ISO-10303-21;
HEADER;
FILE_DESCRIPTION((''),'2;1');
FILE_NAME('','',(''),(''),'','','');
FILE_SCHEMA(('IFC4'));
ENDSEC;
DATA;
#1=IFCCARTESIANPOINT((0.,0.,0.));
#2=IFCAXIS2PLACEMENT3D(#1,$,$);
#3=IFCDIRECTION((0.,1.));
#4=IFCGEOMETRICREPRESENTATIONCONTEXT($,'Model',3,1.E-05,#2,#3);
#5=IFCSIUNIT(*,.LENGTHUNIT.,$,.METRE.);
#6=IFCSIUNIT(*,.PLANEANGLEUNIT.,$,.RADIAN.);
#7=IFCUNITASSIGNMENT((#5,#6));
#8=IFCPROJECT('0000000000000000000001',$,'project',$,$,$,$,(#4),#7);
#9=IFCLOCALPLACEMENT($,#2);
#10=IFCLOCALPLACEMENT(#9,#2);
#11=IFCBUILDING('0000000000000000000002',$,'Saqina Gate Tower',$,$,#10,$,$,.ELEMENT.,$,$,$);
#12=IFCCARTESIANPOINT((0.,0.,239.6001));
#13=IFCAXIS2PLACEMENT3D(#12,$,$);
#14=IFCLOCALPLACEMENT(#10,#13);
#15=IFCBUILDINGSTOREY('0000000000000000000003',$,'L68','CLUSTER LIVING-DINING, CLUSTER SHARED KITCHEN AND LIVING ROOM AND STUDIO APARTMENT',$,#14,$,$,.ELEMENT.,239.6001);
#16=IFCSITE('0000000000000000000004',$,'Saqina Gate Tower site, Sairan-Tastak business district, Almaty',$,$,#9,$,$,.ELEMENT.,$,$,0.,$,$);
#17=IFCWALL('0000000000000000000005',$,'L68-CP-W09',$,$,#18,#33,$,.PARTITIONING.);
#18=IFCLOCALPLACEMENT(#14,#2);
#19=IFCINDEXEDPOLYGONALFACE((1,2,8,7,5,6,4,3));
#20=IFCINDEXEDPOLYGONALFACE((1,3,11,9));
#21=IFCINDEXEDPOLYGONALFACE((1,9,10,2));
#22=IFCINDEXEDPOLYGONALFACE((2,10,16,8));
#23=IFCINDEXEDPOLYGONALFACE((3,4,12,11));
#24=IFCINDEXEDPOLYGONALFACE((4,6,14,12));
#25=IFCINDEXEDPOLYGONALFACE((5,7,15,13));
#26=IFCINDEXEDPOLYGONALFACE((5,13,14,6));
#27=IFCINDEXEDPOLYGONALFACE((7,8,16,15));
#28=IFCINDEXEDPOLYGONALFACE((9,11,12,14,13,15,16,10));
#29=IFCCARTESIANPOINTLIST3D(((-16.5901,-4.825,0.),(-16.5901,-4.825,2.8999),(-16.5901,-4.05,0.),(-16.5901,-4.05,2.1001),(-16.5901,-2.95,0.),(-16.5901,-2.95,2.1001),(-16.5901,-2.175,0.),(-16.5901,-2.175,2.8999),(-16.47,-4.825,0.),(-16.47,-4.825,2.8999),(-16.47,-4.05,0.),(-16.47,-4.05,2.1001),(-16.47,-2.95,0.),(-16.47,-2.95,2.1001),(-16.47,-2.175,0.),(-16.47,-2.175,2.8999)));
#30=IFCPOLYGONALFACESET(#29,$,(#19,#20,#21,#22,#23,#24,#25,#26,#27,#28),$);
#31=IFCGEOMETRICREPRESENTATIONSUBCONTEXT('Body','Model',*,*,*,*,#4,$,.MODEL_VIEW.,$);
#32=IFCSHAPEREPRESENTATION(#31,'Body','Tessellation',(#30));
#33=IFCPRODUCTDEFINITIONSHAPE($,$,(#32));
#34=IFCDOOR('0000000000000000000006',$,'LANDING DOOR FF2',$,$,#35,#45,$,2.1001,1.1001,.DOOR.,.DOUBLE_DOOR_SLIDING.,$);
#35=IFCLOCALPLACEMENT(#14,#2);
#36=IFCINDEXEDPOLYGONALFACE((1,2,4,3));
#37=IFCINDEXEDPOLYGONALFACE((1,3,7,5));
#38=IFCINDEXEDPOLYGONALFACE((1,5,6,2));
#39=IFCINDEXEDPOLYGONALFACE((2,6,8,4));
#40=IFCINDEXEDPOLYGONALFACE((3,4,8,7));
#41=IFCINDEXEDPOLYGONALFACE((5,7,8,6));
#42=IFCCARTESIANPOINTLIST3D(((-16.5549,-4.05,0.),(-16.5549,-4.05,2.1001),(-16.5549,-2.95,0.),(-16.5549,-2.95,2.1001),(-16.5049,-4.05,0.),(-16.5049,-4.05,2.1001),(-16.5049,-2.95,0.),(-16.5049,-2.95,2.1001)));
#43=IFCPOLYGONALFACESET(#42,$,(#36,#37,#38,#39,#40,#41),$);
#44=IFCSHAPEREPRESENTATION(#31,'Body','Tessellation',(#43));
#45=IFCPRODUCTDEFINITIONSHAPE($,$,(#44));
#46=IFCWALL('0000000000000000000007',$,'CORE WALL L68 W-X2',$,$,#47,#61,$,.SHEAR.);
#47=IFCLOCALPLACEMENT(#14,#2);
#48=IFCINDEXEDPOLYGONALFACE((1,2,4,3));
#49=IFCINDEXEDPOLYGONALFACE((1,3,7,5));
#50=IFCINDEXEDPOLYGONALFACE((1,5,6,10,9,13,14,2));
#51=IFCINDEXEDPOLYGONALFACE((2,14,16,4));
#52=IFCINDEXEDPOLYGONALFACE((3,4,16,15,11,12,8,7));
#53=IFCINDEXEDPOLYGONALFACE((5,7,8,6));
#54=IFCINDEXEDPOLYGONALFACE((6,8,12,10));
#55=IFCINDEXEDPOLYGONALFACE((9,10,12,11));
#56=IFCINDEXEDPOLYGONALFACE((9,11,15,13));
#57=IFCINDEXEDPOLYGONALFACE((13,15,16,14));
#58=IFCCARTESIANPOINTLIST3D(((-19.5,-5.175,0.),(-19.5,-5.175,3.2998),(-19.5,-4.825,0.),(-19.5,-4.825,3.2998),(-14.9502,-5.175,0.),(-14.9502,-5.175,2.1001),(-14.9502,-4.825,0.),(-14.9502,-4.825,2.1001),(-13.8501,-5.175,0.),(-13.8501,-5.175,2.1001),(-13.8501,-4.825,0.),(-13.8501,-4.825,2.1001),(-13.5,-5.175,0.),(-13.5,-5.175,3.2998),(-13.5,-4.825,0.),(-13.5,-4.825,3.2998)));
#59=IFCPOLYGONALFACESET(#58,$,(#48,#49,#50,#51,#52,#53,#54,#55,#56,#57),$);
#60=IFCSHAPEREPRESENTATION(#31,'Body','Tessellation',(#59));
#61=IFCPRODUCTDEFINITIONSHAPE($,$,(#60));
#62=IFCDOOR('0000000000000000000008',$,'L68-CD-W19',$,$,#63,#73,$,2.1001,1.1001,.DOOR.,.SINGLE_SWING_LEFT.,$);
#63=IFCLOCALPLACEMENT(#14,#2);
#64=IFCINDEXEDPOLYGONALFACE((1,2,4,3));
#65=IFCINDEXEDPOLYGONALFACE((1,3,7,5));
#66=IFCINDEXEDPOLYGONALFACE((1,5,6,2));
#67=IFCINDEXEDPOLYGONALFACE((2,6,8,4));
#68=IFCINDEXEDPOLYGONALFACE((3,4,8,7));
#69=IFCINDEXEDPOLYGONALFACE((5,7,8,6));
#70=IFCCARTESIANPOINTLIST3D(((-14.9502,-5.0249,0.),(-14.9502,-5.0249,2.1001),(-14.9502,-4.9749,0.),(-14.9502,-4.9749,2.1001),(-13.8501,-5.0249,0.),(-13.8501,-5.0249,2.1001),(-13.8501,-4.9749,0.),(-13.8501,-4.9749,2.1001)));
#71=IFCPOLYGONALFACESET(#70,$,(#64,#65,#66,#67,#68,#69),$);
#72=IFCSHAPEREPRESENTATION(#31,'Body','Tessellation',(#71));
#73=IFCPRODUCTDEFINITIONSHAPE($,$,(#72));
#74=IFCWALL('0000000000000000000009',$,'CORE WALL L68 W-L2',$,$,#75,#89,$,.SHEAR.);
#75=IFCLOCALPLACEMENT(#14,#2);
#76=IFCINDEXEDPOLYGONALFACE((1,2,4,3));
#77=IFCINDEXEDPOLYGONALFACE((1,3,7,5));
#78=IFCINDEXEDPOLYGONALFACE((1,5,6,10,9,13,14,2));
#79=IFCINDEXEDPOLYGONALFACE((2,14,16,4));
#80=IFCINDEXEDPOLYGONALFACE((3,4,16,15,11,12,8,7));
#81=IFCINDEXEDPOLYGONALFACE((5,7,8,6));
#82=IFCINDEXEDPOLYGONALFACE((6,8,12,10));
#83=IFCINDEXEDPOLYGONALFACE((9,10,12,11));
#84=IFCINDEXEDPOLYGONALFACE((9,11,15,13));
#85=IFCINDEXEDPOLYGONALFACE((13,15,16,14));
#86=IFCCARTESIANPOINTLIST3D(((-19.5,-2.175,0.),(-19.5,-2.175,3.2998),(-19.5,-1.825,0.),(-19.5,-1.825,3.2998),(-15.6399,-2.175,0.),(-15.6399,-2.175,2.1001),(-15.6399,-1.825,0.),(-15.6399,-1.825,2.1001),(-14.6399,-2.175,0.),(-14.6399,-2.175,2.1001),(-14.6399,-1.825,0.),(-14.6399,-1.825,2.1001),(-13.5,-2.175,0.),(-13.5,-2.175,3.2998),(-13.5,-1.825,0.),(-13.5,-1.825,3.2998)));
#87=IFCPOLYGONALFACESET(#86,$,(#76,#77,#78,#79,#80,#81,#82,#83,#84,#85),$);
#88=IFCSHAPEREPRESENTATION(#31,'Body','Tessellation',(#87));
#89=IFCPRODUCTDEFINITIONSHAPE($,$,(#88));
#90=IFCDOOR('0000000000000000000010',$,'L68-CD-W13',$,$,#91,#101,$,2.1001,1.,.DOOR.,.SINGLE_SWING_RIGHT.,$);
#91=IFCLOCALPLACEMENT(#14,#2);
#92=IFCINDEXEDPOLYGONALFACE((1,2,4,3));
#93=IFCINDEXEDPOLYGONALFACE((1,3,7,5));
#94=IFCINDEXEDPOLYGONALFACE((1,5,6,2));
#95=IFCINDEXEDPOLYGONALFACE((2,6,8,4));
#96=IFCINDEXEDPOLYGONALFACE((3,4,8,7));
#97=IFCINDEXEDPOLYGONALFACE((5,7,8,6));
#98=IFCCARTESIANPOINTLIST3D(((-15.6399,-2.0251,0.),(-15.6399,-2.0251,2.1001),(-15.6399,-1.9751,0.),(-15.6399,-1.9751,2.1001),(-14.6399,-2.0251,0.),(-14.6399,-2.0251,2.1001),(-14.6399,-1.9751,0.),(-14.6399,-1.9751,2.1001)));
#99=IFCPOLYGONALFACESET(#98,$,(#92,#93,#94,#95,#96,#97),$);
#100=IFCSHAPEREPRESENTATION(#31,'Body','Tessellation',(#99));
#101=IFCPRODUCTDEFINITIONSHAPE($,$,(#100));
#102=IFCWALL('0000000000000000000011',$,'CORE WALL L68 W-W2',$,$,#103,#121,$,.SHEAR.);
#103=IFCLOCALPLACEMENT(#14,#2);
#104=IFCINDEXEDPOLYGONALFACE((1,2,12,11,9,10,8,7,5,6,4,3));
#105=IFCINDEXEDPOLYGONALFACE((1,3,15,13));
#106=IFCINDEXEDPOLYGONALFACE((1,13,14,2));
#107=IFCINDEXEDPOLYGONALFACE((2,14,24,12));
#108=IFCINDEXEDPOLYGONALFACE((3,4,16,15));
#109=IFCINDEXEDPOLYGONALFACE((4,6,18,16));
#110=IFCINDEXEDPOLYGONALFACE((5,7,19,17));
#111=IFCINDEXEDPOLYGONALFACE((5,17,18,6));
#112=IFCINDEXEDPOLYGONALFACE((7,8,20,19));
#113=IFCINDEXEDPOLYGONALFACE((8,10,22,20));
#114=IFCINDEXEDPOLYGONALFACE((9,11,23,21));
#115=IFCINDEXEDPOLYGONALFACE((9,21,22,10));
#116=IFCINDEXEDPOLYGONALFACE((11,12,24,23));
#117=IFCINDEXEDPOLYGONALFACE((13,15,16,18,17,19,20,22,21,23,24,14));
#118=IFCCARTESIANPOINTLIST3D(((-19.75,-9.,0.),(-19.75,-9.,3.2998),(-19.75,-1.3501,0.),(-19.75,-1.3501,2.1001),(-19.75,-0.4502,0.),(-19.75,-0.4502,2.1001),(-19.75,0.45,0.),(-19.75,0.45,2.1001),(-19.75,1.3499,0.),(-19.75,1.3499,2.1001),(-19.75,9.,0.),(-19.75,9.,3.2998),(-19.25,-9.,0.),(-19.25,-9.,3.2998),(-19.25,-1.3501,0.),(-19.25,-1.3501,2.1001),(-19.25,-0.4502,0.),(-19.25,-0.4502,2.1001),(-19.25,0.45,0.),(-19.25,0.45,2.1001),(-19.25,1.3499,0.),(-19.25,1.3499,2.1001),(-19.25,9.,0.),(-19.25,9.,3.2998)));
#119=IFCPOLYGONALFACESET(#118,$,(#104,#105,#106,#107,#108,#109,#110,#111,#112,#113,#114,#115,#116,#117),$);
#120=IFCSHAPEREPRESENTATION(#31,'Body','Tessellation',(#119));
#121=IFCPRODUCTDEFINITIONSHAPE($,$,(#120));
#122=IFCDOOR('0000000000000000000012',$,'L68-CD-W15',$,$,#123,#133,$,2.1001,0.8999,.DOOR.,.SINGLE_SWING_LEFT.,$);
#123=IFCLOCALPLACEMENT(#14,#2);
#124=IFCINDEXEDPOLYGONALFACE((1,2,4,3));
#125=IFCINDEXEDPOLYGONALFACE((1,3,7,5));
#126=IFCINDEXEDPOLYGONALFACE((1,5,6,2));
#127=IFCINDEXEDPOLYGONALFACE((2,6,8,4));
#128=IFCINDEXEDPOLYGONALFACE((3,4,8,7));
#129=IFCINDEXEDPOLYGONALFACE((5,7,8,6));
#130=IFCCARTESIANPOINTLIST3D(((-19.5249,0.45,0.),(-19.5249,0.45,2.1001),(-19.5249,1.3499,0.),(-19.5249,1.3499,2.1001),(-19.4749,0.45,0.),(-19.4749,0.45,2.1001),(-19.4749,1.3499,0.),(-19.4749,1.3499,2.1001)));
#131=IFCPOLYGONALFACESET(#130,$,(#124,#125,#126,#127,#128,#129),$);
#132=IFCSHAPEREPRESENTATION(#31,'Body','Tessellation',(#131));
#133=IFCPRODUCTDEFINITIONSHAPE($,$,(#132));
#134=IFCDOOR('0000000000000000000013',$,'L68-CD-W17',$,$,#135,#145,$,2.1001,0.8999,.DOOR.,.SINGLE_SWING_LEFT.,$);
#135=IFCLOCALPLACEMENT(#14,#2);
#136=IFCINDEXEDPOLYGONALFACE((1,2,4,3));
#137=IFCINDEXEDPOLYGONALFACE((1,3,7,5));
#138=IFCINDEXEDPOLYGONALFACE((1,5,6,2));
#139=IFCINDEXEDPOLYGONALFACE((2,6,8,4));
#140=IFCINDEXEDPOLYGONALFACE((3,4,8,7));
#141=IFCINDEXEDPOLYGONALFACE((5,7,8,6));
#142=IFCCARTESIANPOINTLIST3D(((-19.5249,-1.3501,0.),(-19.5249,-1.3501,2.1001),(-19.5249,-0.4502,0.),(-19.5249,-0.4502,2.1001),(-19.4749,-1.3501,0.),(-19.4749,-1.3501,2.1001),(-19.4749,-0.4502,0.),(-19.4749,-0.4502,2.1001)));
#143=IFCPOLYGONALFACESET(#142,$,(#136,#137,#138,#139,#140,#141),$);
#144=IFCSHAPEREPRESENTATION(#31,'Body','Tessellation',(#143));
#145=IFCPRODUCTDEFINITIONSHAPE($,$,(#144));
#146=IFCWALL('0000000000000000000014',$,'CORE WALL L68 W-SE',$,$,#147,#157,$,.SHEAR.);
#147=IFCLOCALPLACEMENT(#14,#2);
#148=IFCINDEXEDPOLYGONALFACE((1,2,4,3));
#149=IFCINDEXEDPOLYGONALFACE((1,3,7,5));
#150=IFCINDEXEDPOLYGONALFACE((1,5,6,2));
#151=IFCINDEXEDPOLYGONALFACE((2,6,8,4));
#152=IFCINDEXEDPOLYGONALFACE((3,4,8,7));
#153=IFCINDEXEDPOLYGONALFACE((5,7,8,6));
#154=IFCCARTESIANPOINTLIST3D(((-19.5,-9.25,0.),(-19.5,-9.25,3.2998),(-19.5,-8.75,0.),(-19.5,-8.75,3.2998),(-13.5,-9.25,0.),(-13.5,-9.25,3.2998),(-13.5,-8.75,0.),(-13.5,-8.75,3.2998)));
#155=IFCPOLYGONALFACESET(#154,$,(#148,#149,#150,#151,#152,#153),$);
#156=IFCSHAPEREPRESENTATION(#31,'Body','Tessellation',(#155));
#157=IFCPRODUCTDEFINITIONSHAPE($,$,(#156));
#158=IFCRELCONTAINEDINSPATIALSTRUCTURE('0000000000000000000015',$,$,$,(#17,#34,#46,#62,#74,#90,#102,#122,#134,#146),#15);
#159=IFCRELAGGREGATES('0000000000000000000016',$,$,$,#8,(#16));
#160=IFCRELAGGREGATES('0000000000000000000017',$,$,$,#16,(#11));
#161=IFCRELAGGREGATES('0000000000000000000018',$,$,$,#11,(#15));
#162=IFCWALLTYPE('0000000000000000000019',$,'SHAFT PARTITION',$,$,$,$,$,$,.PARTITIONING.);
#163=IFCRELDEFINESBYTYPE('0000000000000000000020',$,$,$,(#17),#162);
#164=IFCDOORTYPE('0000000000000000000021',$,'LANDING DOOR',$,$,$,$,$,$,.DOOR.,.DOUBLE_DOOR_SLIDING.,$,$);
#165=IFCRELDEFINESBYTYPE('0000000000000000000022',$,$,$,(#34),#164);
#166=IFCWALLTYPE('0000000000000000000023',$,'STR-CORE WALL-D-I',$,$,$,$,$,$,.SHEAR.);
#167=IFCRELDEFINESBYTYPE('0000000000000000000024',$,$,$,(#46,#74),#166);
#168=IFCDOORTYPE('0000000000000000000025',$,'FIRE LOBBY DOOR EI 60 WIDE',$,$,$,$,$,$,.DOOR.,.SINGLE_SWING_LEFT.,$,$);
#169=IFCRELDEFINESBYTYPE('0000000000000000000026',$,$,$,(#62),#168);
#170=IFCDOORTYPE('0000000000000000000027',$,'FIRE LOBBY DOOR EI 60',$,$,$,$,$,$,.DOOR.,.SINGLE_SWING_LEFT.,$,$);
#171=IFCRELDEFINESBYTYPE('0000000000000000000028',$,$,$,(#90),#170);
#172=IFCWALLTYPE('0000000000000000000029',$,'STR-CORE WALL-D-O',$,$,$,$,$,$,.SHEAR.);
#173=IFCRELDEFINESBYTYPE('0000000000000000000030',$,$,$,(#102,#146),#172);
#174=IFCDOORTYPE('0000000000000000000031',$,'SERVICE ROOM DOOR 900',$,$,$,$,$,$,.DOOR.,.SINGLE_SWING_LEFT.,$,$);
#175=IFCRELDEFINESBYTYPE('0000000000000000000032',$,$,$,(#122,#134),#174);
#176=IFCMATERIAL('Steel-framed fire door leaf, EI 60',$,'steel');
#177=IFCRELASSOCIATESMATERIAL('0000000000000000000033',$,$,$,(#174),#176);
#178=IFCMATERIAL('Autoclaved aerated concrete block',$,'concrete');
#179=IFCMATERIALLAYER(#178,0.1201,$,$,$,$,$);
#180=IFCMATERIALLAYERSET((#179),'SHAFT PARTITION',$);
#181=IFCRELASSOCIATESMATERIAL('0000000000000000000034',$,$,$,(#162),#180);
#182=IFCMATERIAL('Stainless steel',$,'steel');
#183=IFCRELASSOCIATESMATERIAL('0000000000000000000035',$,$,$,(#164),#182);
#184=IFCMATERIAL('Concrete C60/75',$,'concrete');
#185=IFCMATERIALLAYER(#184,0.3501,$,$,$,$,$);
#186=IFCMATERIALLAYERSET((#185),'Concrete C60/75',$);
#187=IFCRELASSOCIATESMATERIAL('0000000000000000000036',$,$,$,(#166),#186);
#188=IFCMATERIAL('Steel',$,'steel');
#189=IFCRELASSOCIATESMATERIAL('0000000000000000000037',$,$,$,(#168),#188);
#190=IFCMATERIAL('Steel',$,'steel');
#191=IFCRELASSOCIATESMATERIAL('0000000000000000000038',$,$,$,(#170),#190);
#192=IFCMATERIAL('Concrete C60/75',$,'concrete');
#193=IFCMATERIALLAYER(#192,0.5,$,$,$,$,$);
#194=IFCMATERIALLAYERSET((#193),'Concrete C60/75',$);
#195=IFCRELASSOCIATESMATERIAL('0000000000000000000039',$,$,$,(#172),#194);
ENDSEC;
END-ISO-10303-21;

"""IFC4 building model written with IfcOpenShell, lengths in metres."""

from ifc_helpers import new_model, si_unit, direction, frame, frame_2d, origin, place, context, subcontext, project, spatial, rectangle, extrude, material, layer, layer_set, type_object, element, fill, save


model = new_model("IFC4")

# Units and contexts
model_context = context("Model", 3, precision=1e-05, world=origin(), true_north=direction((0.0, 1.0)))
body_context = subcontext(model_context, "Body", "Model", "MODEL_VIEW")
ifc_project = project(units=[si_unit("LENGTHUNIT", "METRE"), si_unit("PLANEANGLEUNIT", "RADIAN")], contexts=[model_context])

# Site, building, storey
site_placement = place(None, origin())
site = spatial("IfcSite", under=ifc_project, at=site_placement, Name="Saqina Gate Tower site, Sairan-Tastak business district, Almaty", CompositionType="ELEMENT", RefElevation=0.0)
building_placement = place(site_placement, origin())
building = spatial("IfcBuilding", under=site, at=building_placement, Name="Saqina Gate Tower", CompositionType="ELEMENT")
storey_placement = place(building_placement, frame((0.0, 0.0, 239.6001)))
storey = spatial("IfcBuildingStorey", under=building, at=storey_placement, Name="L68", Description="CLUSTER LIVING-DINING, CLUSTER SHARED KITCHEN AND LIVING ROOM AND STUDIO APARTMENT", CompositionType="ELEMENT", Elevation=239.6001)

# Shared definitions
ifc_material_1 = material(Name="Steel-framed fire door leaf, EI 60", Category="steel")
door_type_1 = type_object("IfcDoorType", Name="SERVICE ROOM DOOR 900", OperationType="SINGLE_SWING_LEFT", PredefinedType="DOOR", material=ifc_material_1)

# Walls, openings, doors
ifc_material_2 = material(Name="Autoclaved aerated concrete block", Category="concrete")
ifc_layer_1 = layer(ifc_material_2, 0.1201)
ifc_layer_set_1 = layer_set([ifc_layer_1], Name="SHAFT PARTITION")
wall_type_1 = type_object("IfcWallType", Name="SHAFT PARTITION", PredefinedType="PARTITIONING", material=ifc_layer_set_1)
wall_1_placement = place(storey_placement, frame((-16.53, -4.825, 0.0), z_axis=(0.0, 0.0, 1.0), x_axis=(0.0, 1.0, 0.0)))
wall_1 = element("IfcWall", 1, at=wall_1_placement, inside=storey, type_object=wall_type_1, Name="L68-CP-W09", PredefinedType="PARTITIONING", context=body_context, shape_type="SweptSolid", body=[
    extrude(rectangle(XDim=2.6499, YDim=0.1201, at=frame_2d((1.325, 0.0))), origin(), (0.0, 0.0, 1.0), 2.8999),
])
opening_1_placement = place(wall_1_placement, frame((0.7749, 0.0, 0.0)))
opening_1 = element("IfcOpeningElement", 2, at=opening_1_placement, cuts=wall_1, PredefinedType="OPENING", context=body_context, shape_type="SweptSolid", body=[
    extrude(rectangle(XDim=1.1001, YDim=2.1001, at=frame_2d((0.55, 1.05))), frame((0.0, 0.072, 0.0), z_axis=(0.0, -1.0, 0.0), x_axis=(1.0, 0.0, 0.0)), (0.0, 0.0, 1.0), 0.144),
])
ifc_material_3 = material(Name="Stainless steel", Category="steel")
door_type_2 = type_object("IfcDoorType", Name="LANDING DOOR", OperationType="DOUBLE_DOOR_SLIDING", PredefinedType="DOOR", material=ifc_material_3)
door_1_placement = place(opening_1_placement, origin())
door_1 = element("IfcDoor", 3, at=door_1_placement, inside=storey, type_object=door_type_2, Name="LANDING DOOR FF2", OperationType="DOUBLE_DOOR_SLIDING", OverallHeight=2.1001, OverallWidth=1.1001, PredefinedType="DOOR", context=body_context, shape_type="SweptSolid", body=[
    extrude(rectangle(XDim=1.1001, YDim=2.1001, at=frame_2d((0.55, 1.05))), frame((0.0, 0.0249, 0.0), z_axis=(0.0, -1.0, 0.0), x_axis=(1.0, 0.0, 0.0)), (0.0, 0.0, 1.0), 0.05),
])
fill(opening_1, door_1)
ifc_material_4 = material(Name="Concrete C60/75", Category="concrete")
ifc_layer_2 = layer(ifc_material_4, 0.3501)
ifc_layer_set_2 = layer_set([ifc_layer_2], Name="Concrete C60/75")
wall_type_2 = type_object("IfcWallType", Name="STR-CORE WALL-D-I", PredefinedType="SHEAR", material=ifc_layer_set_2)
wall_2_placement = place(storey_placement, frame((-13.5, -5.0, 0.0), z_axis=(0.0, 0.0, 1.0), x_axis=(-1.0, 0.0, 0.0)))
wall_2 = element("IfcWall", 4, at=wall_2_placement, inside=storey, type_object=wall_type_2, Name="CORE WALL L68 W-X2", PredefinedType="SHEAR", context=body_context, shape_type="SweptSolid", body=[
    extrude(rectangle(XDim=6.0, YDim=0.3501, at=frame_2d((3.0, 0.0))), origin(), (0.0, 0.0, 1.0), 3.2998),
])
opening_2_placement = place(wall_2_placement, frame((0.3501, 0.0, 0.0)))
opening_2 = element("IfcOpeningElement", 5, at=opening_2_placement, cuts=wall_2, PredefinedType="OPENING", context=body_context, shape_type="SweptSolid", body=[
    extrude(rectangle(XDim=1.1001, YDim=2.1001, at=frame_2d((0.55, 1.05))), frame((0.0, 0.187, 0.0), z_axis=(0.0, -1.0, 0.0), x_axis=(1.0, 0.0, 0.0)), (0.0, 0.0, 1.0), 0.374),
])
ifc_material_5 = material(Name="Steel", Category="steel")
door_type_3 = type_object("IfcDoorType", Name="FIRE LOBBY DOOR EI 60 WIDE", OperationType="SINGLE_SWING_LEFT", PredefinedType="DOOR", material=ifc_material_5)
door_2_placement = place(opening_2_placement, origin())
door_2 = element("IfcDoor", 6, at=door_2_placement, inside=storey, type_object=door_type_3, Name="L68-CD-W19", OperationType="SINGLE_SWING_LEFT", OverallHeight=2.1001, OverallWidth=1.1001, PredefinedType="DOOR", context=body_context, shape_type="SweptSolid", body=[
    extrude(rectangle(XDim=1.1001, YDim=2.1001, at=frame_2d((0.55, 1.05))), frame((0.0, 0.0249, 0.0), z_axis=(0.0, -1.0, 0.0), x_axis=(1.0, 0.0, 0.0)), (0.0, 0.0, 1.0), 0.05),
])
fill(opening_2, door_2)
wall_3_placement = place(storey_placement, frame((-13.5, -2.0, 0.0), z_axis=(0.0, 0.0, 1.0), x_axis=(-1.0, 0.0, 0.0)))
wall_3 = element("IfcWall", 7, at=wall_3_placement, inside=storey, type_object=wall_type_2, Name="CORE WALL L68 W-L2", PredefinedType="SHEAR", context=body_context, shape_type="SweptSolid", body=[
    extrude(rectangle(XDim=6.0, YDim=0.3501, at=frame_2d((3.0, 0.0))), origin(), (0.0, 0.0, 1.0), 3.2998),
])
opening_3_placement = place(wall_3_placement, frame((1.1399, 0.0, 0.0)))
opening_3 = element("IfcOpeningElement", 8, at=opening_3_placement, cuts=wall_3, PredefinedType="OPENING", context=body_context, shape_type="SweptSolid", body=[
    extrude(rectangle(XDim=1.0, YDim=2.1001, at=frame_2d((0.5, 1.05))), frame((0.0, 0.187, 0.0), z_axis=(0.0, -1.0, 0.0), x_axis=(1.0, 0.0, 0.0)), (0.0, 0.0, 1.0), 0.374),
])
ifc_material_6 = material(Name="Steel", Category="steel")
door_type_4 = type_object("IfcDoorType", Name="FIRE LOBBY DOOR EI 60", OperationType="SINGLE_SWING_LEFT", PredefinedType="DOOR", material=ifc_material_6)
door_3_placement = place(opening_3_placement, frame((1.0, 0.0, 0.0), z_axis=(0.0, 0.0, 1.0), x_axis=(-1.0, 0.0, 0.0)))
door_3 = element("IfcDoor", 9, at=door_3_placement, inside=storey, type_object=door_type_4, Name="L68-CD-W13", OperationType="SINGLE_SWING_RIGHT", OverallHeight=2.1001, OverallWidth=1.0, PredefinedType="DOOR", context=body_context, shape_type="SweptSolid", body=[
    extrude(rectangle(XDim=1.0, YDim=2.1001, at=frame_2d((0.5, 1.05))), frame((0.0, 0.0249, 0.0), z_axis=(0.0, -1.0, 0.0), x_axis=(1.0, 0.0, 0.0)), (0.0, 0.0, 1.0), 0.05),
])
fill(opening_3, door_3)

# Wall, openings, doors
ifc_material_7 = material(Name="Concrete C60/75", Category="concrete")
ifc_layer_3 = layer(ifc_material_7, 0.5)
ifc_layer_set_3 = layer_set([ifc_layer_3], Name="Concrete C60/75")
wall_type_3 = type_object("IfcWallType", Name="STR-CORE WALL-D-O", PredefinedType="SHEAR", material=ifc_layer_set_3)
wall_4_placement = place(storey_placement, frame((-19.5, -9.0, 0.0), z_axis=(0.0, 0.0, 1.0), x_axis=(0.0, 1.0, 0.0)))
wall_4 = element("IfcWall", 10, at=wall_4_placement, inside=storey, type_object=wall_type_3, Name="CORE WALL L68 W-W2", PredefinedType="SHEAR", context=body_context, shape_type="SweptSolid", body=[
    extrude(rectangle(XDim=18.0, YDim=0.5, at=frame_2d((9.0, 0.0))), origin(), (0.0, 0.0, 1.0), 3.2998),
])
opening_4_placement = place(wall_4_placement, frame((9.45, 0.0, 0.0)))
opening_4 = element("IfcOpeningElement", 11, at=opening_4_placement, cuts=wall_4, PredefinedType="OPENING", context=body_context, shape_type="SweptSolid", body=[
    extrude(rectangle(XDim=0.8999, YDim=2.1001, at=frame_2d((0.45, 1.05))), frame((0.0, 0.262, 0.0), z_axis=(0.0, -1.0, 0.0), x_axis=(1.0, 0.0, 0.0)), (0.0, 0.0, 1.0), 0.5239),
])
opening_5_placement = place(wall_4_placement, frame((7.6499, 0.0, 0.0)))
opening_5 = element("IfcOpeningElement", 12, at=opening_5_placement, cuts=wall_4, PredefinedType="OPENING", context=body_context, shape_type="SweptSolid", body=[
    extrude(rectangle(XDim=0.8999, YDim=2.1001, at=frame_2d((0.45, 1.05))), frame((0.0, 0.262, 0.0), z_axis=(0.0, -1.0, 0.0), x_axis=(1.0, 0.0, 0.0)), (0.0, 0.0, 1.0), 0.5239),
])
door_4_placement = place(opening_4_placement, origin())
door_4 = element("IfcDoor", 13, at=door_4_placement, inside=storey, type_object=door_type_1, Name="L68-CD-W15", OperationType="SINGLE_SWING_LEFT", OverallHeight=2.1001, OverallWidth=0.8999, PredefinedType="DOOR", context=body_context, shape_type="SweptSolid", body=[
    extrude(rectangle(XDim=0.8999, YDim=2.1001, at=frame_2d((0.45, 1.05))), frame((0.0, 0.0249, 0.0), z_axis=(0.0, -1.0, 0.0), x_axis=(1.0, 0.0, 0.0)), (0.0, 0.0, 1.0), 0.05),
])
fill(opening_4, door_4)
door_5_placement = place(opening_5_placement, origin())
door_5 = element("IfcDoor", 14, at=door_5_placement, inside=storey, type_object=door_type_1, Name="L68-CD-W17", OperationType="SINGLE_SWING_LEFT", OverallHeight=2.1001, OverallWidth=0.8999, PredefinedType="DOOR", context=body_context, shape_type="SweptSolid", body=[
    extrude(rectangle(XDim=0.8999, YDim=2.1001, at=frame_2d((0.45, 1.05))), frame((0.0, 0.0249, 0.0), z_axis=(0.0, -1.0, 0.0), x_axis=(1.0, 0.0, 0.0)), (0.0, 0.0, 1.0), 0.05),
])
fill(opening_5, door_5)

# Wall
wall_5_placement = place(storey_placement, frame((-13.5, -9.0, 0.0), z_axis=(0.0, 0.0, 1.0), x_axis=(-1.0, 0.0, 0.0)))
element("IfcWall", 15, at=wall_5_placement, inside=storey, type_object=wall_type_3, Name="CORE WALL L68 W-SE", PredefinedType="SHEAR", context=body_context, shape_type="SweptSolid", body=[
    extrude(rectangle(XDim=6.0, YDim=0.5, at=frame_2d((3.0, 0.0))), origin(), (0.0, 0.0, 1.0), 3.2998),
])

save(model, "model.ifc")
